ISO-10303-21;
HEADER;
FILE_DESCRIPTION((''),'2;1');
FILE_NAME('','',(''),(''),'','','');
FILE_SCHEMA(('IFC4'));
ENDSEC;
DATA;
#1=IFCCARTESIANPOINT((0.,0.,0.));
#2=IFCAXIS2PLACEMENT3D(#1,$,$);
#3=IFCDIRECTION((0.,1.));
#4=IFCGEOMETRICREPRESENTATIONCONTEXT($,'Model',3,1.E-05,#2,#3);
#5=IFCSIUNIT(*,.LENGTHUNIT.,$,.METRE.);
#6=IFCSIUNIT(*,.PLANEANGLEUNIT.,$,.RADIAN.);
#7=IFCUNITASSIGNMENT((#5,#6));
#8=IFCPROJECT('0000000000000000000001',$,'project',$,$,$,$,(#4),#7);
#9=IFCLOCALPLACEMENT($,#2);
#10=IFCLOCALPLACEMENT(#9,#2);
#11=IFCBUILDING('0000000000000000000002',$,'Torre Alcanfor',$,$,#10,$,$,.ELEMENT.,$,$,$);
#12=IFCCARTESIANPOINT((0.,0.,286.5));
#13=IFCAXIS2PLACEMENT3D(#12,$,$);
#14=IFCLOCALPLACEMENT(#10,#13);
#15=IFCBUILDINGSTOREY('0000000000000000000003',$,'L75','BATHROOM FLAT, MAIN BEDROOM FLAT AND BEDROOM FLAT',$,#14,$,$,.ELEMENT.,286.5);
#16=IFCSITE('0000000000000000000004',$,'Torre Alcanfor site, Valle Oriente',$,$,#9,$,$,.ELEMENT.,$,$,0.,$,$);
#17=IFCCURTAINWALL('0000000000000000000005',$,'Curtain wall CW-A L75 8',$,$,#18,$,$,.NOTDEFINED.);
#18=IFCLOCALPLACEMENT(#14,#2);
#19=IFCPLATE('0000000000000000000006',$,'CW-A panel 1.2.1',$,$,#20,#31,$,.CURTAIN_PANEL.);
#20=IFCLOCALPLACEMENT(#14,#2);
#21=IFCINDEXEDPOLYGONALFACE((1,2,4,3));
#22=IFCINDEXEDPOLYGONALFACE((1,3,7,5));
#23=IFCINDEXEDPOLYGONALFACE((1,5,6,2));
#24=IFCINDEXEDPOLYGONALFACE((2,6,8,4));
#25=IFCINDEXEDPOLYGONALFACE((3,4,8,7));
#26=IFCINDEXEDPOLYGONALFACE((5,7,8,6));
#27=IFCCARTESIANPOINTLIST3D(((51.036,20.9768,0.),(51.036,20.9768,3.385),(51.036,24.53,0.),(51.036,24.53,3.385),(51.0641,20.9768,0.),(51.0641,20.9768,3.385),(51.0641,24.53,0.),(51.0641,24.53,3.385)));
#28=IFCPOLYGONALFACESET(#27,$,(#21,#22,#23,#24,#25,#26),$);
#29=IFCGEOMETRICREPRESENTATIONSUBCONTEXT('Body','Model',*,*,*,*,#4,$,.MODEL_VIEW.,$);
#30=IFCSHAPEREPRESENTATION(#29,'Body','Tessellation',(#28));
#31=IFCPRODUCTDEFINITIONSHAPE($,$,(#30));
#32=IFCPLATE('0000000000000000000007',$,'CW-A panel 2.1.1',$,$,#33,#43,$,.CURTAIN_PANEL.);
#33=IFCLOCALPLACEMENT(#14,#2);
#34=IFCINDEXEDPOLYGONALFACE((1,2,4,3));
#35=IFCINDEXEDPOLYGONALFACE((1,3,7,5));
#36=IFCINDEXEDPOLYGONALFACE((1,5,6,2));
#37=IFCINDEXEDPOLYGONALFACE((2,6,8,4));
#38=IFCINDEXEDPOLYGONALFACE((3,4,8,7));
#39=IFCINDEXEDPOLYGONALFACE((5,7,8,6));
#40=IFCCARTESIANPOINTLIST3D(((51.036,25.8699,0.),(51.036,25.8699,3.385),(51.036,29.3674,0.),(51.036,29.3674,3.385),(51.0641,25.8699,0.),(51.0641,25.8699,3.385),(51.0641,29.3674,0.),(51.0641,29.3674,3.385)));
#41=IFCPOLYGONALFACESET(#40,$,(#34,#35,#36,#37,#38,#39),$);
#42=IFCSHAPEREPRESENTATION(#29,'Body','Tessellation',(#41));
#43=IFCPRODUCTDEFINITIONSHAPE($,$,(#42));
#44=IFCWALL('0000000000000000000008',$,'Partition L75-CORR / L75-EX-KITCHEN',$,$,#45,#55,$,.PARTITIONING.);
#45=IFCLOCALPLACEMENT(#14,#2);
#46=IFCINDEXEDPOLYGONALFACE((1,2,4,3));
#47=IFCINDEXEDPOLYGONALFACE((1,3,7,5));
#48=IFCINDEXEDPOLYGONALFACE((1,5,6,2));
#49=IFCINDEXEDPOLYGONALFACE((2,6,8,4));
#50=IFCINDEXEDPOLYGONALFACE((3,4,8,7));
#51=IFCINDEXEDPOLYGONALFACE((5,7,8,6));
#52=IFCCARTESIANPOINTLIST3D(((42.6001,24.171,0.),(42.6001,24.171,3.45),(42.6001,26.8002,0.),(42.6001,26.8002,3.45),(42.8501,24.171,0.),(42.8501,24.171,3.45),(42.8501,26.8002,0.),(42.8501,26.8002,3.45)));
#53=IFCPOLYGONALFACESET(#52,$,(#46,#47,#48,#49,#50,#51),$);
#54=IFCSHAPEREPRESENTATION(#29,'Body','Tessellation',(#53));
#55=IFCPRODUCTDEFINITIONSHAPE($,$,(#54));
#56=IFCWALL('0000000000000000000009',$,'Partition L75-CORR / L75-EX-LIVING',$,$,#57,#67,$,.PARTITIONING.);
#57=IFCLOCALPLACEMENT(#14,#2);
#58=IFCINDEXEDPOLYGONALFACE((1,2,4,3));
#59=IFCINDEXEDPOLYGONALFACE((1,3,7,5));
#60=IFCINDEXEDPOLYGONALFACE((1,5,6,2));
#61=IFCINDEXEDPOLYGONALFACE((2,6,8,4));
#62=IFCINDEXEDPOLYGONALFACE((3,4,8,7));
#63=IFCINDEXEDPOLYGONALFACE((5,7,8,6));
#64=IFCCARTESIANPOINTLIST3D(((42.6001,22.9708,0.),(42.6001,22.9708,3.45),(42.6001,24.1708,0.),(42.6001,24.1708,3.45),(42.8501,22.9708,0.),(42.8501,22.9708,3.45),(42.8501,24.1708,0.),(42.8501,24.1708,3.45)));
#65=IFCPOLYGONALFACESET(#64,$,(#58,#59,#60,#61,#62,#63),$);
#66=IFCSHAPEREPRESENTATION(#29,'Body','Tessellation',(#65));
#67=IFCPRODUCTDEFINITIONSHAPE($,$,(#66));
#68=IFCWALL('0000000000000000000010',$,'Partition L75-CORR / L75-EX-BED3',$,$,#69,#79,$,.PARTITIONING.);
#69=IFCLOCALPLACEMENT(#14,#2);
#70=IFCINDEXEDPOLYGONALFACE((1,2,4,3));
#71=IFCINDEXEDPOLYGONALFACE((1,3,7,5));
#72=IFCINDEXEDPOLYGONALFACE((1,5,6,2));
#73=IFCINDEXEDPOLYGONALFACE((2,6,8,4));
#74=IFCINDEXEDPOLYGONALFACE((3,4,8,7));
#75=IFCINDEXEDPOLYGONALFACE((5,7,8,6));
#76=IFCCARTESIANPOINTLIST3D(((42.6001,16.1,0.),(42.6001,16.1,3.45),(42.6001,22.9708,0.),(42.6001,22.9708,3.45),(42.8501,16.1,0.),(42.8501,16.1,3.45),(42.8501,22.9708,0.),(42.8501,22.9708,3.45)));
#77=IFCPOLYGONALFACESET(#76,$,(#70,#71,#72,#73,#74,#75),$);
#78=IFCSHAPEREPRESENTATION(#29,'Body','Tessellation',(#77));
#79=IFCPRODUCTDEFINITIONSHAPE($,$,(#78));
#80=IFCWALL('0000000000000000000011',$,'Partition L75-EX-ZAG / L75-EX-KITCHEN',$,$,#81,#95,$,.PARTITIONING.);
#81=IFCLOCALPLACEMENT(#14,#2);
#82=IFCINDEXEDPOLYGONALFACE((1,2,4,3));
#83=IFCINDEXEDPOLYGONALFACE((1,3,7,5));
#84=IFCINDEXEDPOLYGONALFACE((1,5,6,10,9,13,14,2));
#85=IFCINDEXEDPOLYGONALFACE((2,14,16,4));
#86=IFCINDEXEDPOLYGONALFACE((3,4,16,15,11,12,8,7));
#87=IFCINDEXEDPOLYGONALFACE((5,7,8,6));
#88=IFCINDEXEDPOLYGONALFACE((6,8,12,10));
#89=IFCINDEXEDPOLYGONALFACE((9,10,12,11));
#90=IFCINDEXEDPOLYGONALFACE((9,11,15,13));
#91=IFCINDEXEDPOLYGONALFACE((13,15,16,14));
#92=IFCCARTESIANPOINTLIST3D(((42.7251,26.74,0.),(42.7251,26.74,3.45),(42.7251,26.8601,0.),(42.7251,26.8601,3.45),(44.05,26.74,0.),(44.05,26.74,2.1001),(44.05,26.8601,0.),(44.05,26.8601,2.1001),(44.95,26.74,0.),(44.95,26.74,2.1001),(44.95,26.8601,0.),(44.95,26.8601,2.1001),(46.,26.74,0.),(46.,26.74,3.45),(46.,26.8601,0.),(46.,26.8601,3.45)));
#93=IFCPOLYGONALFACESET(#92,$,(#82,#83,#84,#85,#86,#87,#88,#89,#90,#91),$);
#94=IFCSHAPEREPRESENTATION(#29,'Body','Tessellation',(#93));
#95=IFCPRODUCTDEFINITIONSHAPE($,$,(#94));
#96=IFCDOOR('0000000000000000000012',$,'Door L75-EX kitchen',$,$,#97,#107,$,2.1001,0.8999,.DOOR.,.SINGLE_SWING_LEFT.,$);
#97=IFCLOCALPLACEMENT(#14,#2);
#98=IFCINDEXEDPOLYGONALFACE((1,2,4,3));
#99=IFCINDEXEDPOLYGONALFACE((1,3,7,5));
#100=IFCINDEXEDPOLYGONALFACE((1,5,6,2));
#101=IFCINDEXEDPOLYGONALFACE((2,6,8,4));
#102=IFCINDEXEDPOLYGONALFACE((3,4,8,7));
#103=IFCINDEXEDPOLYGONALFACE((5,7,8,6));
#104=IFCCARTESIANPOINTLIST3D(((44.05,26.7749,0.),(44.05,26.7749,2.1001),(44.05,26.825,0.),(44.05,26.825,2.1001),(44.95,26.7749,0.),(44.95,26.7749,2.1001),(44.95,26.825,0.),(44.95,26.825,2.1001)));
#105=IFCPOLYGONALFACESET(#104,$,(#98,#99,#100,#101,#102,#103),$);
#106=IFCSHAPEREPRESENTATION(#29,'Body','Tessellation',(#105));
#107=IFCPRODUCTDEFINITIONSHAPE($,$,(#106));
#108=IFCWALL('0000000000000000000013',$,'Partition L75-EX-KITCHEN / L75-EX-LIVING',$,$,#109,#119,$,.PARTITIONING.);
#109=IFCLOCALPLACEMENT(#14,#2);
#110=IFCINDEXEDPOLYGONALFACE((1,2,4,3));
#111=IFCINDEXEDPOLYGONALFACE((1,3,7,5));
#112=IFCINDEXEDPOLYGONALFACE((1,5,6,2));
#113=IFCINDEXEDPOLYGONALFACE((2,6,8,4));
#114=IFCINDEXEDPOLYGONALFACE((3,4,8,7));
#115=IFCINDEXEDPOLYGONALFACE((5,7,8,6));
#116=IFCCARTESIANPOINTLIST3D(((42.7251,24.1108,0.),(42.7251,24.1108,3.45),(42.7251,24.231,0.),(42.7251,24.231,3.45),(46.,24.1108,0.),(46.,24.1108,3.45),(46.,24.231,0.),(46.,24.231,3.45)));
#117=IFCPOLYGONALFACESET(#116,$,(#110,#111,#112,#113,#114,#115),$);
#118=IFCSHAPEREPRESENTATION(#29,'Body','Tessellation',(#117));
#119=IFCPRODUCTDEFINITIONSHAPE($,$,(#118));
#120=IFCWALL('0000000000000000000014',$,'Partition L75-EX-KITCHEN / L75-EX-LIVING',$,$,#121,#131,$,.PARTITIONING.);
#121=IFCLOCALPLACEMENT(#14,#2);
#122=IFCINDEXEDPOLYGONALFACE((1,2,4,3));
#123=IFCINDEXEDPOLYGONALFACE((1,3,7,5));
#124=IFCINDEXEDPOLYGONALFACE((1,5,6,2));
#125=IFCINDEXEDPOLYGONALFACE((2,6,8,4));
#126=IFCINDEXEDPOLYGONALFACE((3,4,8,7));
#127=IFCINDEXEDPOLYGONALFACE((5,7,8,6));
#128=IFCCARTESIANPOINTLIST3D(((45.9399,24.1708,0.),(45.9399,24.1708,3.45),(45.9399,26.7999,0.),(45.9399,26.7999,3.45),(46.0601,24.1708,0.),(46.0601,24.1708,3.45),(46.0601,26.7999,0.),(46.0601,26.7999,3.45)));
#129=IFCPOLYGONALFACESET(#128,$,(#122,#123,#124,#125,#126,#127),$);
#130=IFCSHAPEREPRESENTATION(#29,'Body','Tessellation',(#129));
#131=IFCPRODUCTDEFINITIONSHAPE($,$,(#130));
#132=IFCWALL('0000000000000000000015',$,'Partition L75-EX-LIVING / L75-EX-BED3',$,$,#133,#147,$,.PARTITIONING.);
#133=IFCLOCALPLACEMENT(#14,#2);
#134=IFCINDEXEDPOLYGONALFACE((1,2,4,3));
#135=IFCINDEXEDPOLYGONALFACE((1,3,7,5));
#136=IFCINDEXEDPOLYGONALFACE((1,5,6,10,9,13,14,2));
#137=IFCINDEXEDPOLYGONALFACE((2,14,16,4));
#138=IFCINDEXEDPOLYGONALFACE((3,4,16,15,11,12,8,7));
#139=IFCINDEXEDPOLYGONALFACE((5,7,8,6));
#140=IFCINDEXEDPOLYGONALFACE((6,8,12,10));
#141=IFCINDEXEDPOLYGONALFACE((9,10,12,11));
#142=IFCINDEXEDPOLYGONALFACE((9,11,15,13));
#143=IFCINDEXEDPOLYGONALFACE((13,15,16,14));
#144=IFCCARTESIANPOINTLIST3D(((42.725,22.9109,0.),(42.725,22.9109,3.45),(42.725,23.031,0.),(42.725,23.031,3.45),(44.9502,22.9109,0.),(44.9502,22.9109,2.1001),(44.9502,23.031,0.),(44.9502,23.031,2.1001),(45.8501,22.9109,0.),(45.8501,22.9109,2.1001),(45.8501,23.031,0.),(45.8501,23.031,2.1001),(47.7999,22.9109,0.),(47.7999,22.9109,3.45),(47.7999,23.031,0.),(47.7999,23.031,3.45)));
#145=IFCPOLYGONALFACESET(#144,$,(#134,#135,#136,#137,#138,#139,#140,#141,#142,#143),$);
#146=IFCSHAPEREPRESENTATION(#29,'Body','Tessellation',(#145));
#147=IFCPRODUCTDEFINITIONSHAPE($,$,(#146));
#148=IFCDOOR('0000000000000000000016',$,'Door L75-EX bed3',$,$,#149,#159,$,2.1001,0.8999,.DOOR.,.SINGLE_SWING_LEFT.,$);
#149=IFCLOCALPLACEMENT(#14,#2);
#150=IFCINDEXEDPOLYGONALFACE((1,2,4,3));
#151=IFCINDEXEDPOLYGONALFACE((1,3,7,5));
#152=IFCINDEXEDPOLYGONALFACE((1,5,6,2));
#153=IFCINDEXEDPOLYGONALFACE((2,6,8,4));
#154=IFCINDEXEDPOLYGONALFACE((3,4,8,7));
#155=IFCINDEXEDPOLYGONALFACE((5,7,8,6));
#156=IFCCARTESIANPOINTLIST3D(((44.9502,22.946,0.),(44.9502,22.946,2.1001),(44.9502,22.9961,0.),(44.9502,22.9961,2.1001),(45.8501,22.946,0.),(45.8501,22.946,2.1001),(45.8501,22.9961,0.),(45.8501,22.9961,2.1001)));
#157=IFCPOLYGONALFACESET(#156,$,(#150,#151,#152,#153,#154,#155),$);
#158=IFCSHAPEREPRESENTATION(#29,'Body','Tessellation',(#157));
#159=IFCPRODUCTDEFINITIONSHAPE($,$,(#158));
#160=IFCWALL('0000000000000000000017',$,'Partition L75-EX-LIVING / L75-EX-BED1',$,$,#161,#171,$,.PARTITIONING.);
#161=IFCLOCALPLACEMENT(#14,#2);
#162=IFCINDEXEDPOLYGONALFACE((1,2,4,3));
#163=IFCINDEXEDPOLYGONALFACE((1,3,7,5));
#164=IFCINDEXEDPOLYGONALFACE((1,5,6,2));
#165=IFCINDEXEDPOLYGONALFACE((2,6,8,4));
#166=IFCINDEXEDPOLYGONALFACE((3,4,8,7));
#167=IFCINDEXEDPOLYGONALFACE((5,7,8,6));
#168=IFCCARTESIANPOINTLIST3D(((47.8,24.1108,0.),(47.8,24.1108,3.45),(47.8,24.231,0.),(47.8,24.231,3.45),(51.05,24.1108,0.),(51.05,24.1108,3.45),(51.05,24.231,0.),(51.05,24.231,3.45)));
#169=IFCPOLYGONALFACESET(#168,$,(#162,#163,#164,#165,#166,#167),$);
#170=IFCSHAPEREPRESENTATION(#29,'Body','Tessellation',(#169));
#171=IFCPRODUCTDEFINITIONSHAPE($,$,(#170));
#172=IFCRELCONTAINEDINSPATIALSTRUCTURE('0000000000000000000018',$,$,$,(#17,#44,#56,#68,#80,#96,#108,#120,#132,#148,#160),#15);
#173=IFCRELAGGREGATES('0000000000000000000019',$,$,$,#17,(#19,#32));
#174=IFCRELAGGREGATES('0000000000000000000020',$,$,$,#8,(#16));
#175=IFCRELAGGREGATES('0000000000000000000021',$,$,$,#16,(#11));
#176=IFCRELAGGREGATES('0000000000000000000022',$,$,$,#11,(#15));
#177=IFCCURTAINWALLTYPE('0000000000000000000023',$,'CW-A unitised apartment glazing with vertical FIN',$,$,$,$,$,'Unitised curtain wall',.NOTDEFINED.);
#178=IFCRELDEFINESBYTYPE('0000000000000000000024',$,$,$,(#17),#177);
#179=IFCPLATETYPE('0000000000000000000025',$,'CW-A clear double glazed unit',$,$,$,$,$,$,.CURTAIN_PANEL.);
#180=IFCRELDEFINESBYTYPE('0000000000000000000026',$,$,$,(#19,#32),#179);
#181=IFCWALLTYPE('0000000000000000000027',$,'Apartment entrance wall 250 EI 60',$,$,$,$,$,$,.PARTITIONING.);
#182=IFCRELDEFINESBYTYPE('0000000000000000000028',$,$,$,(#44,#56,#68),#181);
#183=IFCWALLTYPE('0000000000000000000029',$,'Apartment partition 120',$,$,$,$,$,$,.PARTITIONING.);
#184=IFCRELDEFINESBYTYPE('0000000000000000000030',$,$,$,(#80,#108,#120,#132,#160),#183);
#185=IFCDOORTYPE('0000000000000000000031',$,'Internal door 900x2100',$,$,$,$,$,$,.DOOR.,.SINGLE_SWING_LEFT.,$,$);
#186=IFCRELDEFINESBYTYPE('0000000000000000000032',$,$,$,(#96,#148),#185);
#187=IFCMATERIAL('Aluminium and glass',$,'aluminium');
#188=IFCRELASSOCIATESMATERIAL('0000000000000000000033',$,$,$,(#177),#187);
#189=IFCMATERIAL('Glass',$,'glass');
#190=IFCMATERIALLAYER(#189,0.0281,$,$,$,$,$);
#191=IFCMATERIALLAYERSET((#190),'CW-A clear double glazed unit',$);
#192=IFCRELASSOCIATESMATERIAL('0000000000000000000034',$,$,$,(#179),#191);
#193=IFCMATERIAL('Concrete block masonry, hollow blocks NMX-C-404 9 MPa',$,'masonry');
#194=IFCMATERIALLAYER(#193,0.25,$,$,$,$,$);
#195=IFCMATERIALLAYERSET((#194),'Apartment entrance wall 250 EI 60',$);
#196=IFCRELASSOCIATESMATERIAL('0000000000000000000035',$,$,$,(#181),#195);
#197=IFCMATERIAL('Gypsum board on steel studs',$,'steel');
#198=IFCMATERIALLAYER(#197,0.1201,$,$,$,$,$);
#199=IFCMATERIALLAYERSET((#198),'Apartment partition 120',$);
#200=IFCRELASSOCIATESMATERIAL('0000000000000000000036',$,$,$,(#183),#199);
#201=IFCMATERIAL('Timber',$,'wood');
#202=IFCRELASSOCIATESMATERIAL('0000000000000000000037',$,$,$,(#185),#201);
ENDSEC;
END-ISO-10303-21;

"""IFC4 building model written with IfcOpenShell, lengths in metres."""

from ifc_helpers import new_model, si_unit, direction, frame, frame_2d, origin, origin_2d, place, context, subcontext, project, spatial, rectangle, extrude, material, layer, layer_set, type_object, element, fill, aggregate, save


model = new_model("IFC4")

# Units and contexts
model_context = context("Model", 3, precision=1e-05, world=origin(), true_north=direction((0.0, 1.0)))
body_context = subcontext(model_context, "Body", "Model", "MODEL_VIEW")
ifc_project = project(units=[si_unit("LENGTHUNIT", "METRE"), si_unit("PLANEANGLEUNIT", "RADIAN")], contexts=[model_context])

# Site, building, storey
site_placement = place(None, origin())
site = spatial("IfcSite", under=ifc_project, at=site_placement, Name="Torre Alcanfor site, Valle Oriente", CompositionType="ELEMENT", RefElevation=0.0)
building_placement = place(site_placement, origin())
building = spatial("IfcBuilding", under=site, at=building_placement, Name="Torre Alcanfor", CompositionType="ELEMENT")
storey_placement = place(building_placement, frame((0.0, 0.0, 286.5)))
storey = spatial("IfcBuildingStorey", under=building, at=storey_placement, Name="L75", Description="BATHROOM FLAT, MAIN BEDROOM FLAT AND BEDROOM FLAT", CompositionType="ELEMENT", Elevation=286.5)

# Curtain wall
ifc_material_1 = material(Name="Aluminium and glass", Category="aluminium")
curtain_wall_type = type_object("IfcCurtainWallType", Name="CW-A unitised apartment glazing with vertical FIN", ElementType="Unitised curtain wall", PredefinedType="NOTDEFINED", material=ifc_material_1)
curtain_wall_placement = place(storey_placement, origin())
curtain_wall = element("IfcCurtainWall", 1, at=curtain_wall_placement, inside=storey, type_object=curtain_wall_type, Name="Curtain wall CW-A L75 8", PredefinedType="NOTDEFINED")

# Plates
ifc_material_2 = material(Name="Glass", Category="glass")
ifc_layer_1 = layer(ifc_material_2, 0.0281)
ifc_layer_set_1 = layer_set([ifc_layer_1], Name="CW-A clear double glazed unit")
plate_type = type_object("IfcPlateType", Name="CW-A clear double glazed unit", PredefinedType="CURTAIN_PANEL", material=ifc_layer_set_1)
plate_1_placement = place(storey_placement, frame((51.05, 22.7534, 0.0), z_axis=(0.0, 0.0, 1.0), x_axis=(0.0, 1.0, 0.0)))
plate_1 = element("IfcPlate", 2, at=plate_1_placement, type_object=plate_type, Name="CW-A panel 1.2.1", PredefinedType="CURTAIN_PANEL", context=body_context, shape_type="SweptSolid", body=[
    extrude(rectangle(XDim=3.5532, YDim=0.0281, at=origin_2d()), origin(), (0.0, 0.0, 1.0), 3.385),
])
plate_2_placement = place(storey_placement, frame((51.05, 27.6187, 0.0), z_axis=(0.0, 0.0, 1.0), x_axis=(0.0, 1.0, 0.0)))
plate_2 = element("IfcPlate", 3, at=plate_2_placement, type_object=plate_type, Name="CW-A panel 2.1.1", PredefinedType="CURTAIN_PANEL", context=body_context, shape_type="SweptSolid", body=[
    extrude(rectangle(XDim=3.4976, YDim=0.0281, at=origin_2d()), origin(), (0.0, 0.0, 1.0), 3.385),
])
aggregate(curtain_wall, [plate_1, plate_2])

# Walls
ifc_material_3 = material(Name="Concrete block masonry, hollow blocks NMX-C-404 9 MPa", Category="masonry")
ifc_layer_2 = layer(ifc_material_3, 0.25)
ifc_layer_set_2 = layer_set([ifc_layer_2], Name="Apartment entrance wall 250 EI 60")
wall_type_1 = type_object("IfcWallType", Name="Apartment entrance wall 250 EI 60", PredefinedType="PARTITIONING", material=ifc_layer_set_2)
wall_1_placement = place(storey_placement, frame((42.7251, 26.8, 0.0), z_axis=(0.0, 0.0, 1.0), x_axis=(0.0, -1.0, 0.0)))
element("IfcWall", 4, at=wall_1_placement, inside=storey, type_object=wall_type_1, Name="Partition L75-CORR / L75-EX-KITCHEN", PredefinedType="PARTITIONING", context=body_context, shape_type="SweptSolid", body=[
    extrude(rectangle(XDim=2.6292, YDim=0.25, at=frame_2d((1.3145, 0.0))), origin(), (0.0, 0.0, 1.0), 3.45),
])
wall_2_placement = place(storey_placement, frame((42.7251, 24.1709, 0.0), z_axis=(0.0, 0.0, 1.0), x_axis=(0.0, -1.0, 0.0)))
element("IfcWall", 5, at=wall_2_placement, inside=storey, type_object=wall_type_1, Name="Partition L75-CORR / L75-EX-LIVING", PredefinedType="PARTITIONING", context=body_context, shape_type="SweptSolid", body=[
    extrude(rectangle(XDim=1.2, YDim=0.25, at=frame_2d((0.6001, 0.0))), origin(), (0.0, 0.0, 1.0), 3.45),
])
wall_3_placement = place(storey_placement, frame((42.7251, 22.9709, 0.0), z_axis=(0.0, 0.0, 1.0), x_axis=(0.0, -1.0, 0.0)))
element("IfcWall", 6, at=wall_3_placement, inside=storey, type_object=wall_type_1, Name="Partition L75-CORR / L75-EX-BED3", PredefinedType="PARTITIONING", context=body_context, shape_type="SweptSolid", body=[
    extrude(rectangle(XDim=6.8708, YDim=0.25, at=frame_2d((3.4355, 0.0))), origin(), (0.0, 0.0, 1.0), 3.45),
])

# Wall, opening, door
ifc_material_4 = material(Name="Gypsum board on steel studs", Category="steel")
ifc_layer_3 = layer(ifc_material_4, 0.1201)
ifc_layer_set_3 = layer_set([ifc_layer_3], Name="Apartment partition 120")
wall_type_2 = type_object("IfcWallType", Name="Apartment partition 120", PredefinedType="PARTITIONING", material=ifc_layer_set_3)
wall_4_placement = place(storey_placement, frame((42.7251, 26.8, 0.0), z_axis=(0.0, 0.0, 1.0), x_axis=(1.0, 0.0, 0.0)))
wall_4 = element("IfcWall", 7, at=wall_4_placement, inside=storey, type_object=wall_type_2, Name="Partition L75-EX-ZAG / L75-EX-KITCHEN", PredefinedType="PARTITIONING", context=body_context, shape_type="SweptSolid", body=[
    extrude(rectangle(XDim=3.2749, YDim=0.1201, at=frame_2d((1.6375, 0.0))), origin(), (0.0, 0.0, 1.0), 3.45),
])
opening_1_placement = place(wall_4_placement, frame((1.325, 0.0, 0.0)))
opening_1 = element("IfcOpeningElement", 8, at=opening_1_placement, cuts=wall_4, PredefinedType="OPENING", context=body_context, shape_type="SweptSolid", body=[
    extrude(rectangle(XDim=0.8999, YDim=2.1001, at=frame_2d((0.45, 1.05))), frame((0.0, 0.0701, 0.0), z_axis=(0.0, -1.0, 0.0), x_axis=(1.0, 0.0, 0.0)), (0.0, 0.0, 1.0), 0.1401),
])
ifc_material_5 = material(Name="Timber", Category="wood")
door_type_1 = type_object("IfcDoorType", Name="Internal door 900x2100", OperationType="SINGLE_SWING_LEFT", PredefinedType="DOOR", material=ifc_material_5)
door_1_placement = place(opening_1_placement, frame((0.8999, 0.0, 0.0), z_axis=(0.0, 0.0, 1.0), x_axis=(-1.0, 0.0, 0.0)))
door_1 = element("IfcDoor", 9, at=door_1_placement, inside=storey, type_object=door_type_1, Name="Door L75-EX kitchen", OperationType="SINGLE_SWING_LEFT", OverallHeight=2.1001, OverallWidth=0.8999, PredefinedType="DOOR", context=body_context, shape_type="SweptSolid", body=[
    extrude(rectangle(XDim=0.8999, YDim=2.1001, at=frame_2d((0.45, 1.05))), frame((0.0, 0.0251, 0.0), z_axis=(0.0, -1.0, 0.0), x_axis=(1.0, 0.0, 0.0)), (0.0, 0.0, 1.0), 0.05),
])
fill(opening_1, door_1)

# Walls
wall_5_placement = place(storey_placement, frame((42.7251, 24.1709, 0.0), z_axis=(0.0, 0.0, 1.0), x_axis=(1.0, 0.0, 0.0)))
element("IfcWall", 10, at=wall_5_placement, inside=storey, type_object=wall_type_2, Name="Partition L75-EX-KITCHEN / L75-EX-LIVING", PredefinedType="PARTITIONING", context=body_context, shape_type="SweptSolid", body=[
    extrude(rectangle(XDim=3.2749, YDim=0.1201, at=frame_2d((1.6375, 0.0))), origin(), (0.0, 0.0, 1.0), 3.45),
])
wall_6_placement = place(storey_placement, frame((46.0, 24.1709, 0.0), z_axis=(0.0, 0.0, 1.0), x_axis=(0.0, 1.0, 0.0)))
element("IfcWall", 11, at=wall_6_placement, inside=storey, type_object=wall_type_2, Name="Partition L75-EX-KITCHEN / L75-EX-LIVING", PredefinedType="PARTITIONING", context=body_context, shape_type="SweptSolid", body=[
    extrude(rectangle(XDim=2.6292, YDim=0.1201, at=frame_2d((1.3145, 0.0))), origin(), (0.0, 0.0, 1.0), 3.45),
])

# Wall, opening, door
wall_7_placement = place(storey_placement, frame((47.8, 22.9709, 0.0), z_axis=(0.0, 0.0, 1.0), x_axis=(-1.0, 0.0, 0.0)))
wall_7 = element("IfcWall", 12, at=wall_7_placement, inside=storey, type_object=wall_type_2, Name="Partition L75-EX-LIVING / L75-EX-BED3", PredefinedType="PARTITIONING", context=body_context, shape_type="SweptSolid", body=[
    extrude(rectangle(XDim=5.075, YDim=0.1201, at=frame_2d((2.5376, 0.0))), origin(), (0.0, 0.0, 1.0), 3.45),
])
opening_2_placement = place(wall_7_placement, frame((1.95, 0.0, 0.0)))
opening_2 = element("IfcOpeningElement", 13, at=opening_2_placement, cuts=wall_7, PredefinedType="OPENING", context=body_context, shape_type="SweptSolid", body=[
    extrude(rectangle(XDim=0.8999, YDim=2.1001, at=frame_2d((0.45, 1.05))), frame((0.0, 0.0701, 0.0), z_axis=(0.0, -1.0, 0.0), x_axis=(1.0, 0.0, 0.0)), (0.0, 0.0, 1.0), 0.1401),
])
door_2_placement = place(opening_2_placement, origin())
door_2 = element("IfcDoor", 14, at=door_2_placement, inside=storey, type_object=door_type_1, Name="Door L75-EX bed3", OperationType="SINGLE_SWING_LEFT", OverallHeight=2.1001, OverallWidth=0.8999, PredefinedType="DOOR", context=body_context, shape_type="SweptSolid", body=[
    extrude(rectangle(XDim=0.8999, YDim=2.1001, at=frame_2d((0.45, 1.05))), frame((0.0, 0.0249, 0.0), z_axis=(0.0, -1.0, 0.0), x_axis=(1.0, 0.0, 0.0)), (0.0, 0.0, 1.0), 0.05),
])
fill(opening_2, door_2)

# Wall
wall_8_placement = place(storey_placement, frame((51.05, 24.1709, 0.0), z_axis=(0.0, 0.0, 1.0), x_axis=(-1.0, 0.0, 0.0)))
element("IfcWall", 15, at=wall_8_placement, inside=storey, type_object=wall_type_2, Name="Partition L75-EX-LIVING / L75-EX-BED1", PredefinedType="PARTITIONING", context=body_context, shape_type="SweptSolid", body=[
    extrude(rectangle(XDim=3.25, YDim=0.1201, at=frame_2d((1.625, 0.0))), origin(), (0.0, 0.0, 1.0), 3.45),
])

save(model, "model.ifc")
